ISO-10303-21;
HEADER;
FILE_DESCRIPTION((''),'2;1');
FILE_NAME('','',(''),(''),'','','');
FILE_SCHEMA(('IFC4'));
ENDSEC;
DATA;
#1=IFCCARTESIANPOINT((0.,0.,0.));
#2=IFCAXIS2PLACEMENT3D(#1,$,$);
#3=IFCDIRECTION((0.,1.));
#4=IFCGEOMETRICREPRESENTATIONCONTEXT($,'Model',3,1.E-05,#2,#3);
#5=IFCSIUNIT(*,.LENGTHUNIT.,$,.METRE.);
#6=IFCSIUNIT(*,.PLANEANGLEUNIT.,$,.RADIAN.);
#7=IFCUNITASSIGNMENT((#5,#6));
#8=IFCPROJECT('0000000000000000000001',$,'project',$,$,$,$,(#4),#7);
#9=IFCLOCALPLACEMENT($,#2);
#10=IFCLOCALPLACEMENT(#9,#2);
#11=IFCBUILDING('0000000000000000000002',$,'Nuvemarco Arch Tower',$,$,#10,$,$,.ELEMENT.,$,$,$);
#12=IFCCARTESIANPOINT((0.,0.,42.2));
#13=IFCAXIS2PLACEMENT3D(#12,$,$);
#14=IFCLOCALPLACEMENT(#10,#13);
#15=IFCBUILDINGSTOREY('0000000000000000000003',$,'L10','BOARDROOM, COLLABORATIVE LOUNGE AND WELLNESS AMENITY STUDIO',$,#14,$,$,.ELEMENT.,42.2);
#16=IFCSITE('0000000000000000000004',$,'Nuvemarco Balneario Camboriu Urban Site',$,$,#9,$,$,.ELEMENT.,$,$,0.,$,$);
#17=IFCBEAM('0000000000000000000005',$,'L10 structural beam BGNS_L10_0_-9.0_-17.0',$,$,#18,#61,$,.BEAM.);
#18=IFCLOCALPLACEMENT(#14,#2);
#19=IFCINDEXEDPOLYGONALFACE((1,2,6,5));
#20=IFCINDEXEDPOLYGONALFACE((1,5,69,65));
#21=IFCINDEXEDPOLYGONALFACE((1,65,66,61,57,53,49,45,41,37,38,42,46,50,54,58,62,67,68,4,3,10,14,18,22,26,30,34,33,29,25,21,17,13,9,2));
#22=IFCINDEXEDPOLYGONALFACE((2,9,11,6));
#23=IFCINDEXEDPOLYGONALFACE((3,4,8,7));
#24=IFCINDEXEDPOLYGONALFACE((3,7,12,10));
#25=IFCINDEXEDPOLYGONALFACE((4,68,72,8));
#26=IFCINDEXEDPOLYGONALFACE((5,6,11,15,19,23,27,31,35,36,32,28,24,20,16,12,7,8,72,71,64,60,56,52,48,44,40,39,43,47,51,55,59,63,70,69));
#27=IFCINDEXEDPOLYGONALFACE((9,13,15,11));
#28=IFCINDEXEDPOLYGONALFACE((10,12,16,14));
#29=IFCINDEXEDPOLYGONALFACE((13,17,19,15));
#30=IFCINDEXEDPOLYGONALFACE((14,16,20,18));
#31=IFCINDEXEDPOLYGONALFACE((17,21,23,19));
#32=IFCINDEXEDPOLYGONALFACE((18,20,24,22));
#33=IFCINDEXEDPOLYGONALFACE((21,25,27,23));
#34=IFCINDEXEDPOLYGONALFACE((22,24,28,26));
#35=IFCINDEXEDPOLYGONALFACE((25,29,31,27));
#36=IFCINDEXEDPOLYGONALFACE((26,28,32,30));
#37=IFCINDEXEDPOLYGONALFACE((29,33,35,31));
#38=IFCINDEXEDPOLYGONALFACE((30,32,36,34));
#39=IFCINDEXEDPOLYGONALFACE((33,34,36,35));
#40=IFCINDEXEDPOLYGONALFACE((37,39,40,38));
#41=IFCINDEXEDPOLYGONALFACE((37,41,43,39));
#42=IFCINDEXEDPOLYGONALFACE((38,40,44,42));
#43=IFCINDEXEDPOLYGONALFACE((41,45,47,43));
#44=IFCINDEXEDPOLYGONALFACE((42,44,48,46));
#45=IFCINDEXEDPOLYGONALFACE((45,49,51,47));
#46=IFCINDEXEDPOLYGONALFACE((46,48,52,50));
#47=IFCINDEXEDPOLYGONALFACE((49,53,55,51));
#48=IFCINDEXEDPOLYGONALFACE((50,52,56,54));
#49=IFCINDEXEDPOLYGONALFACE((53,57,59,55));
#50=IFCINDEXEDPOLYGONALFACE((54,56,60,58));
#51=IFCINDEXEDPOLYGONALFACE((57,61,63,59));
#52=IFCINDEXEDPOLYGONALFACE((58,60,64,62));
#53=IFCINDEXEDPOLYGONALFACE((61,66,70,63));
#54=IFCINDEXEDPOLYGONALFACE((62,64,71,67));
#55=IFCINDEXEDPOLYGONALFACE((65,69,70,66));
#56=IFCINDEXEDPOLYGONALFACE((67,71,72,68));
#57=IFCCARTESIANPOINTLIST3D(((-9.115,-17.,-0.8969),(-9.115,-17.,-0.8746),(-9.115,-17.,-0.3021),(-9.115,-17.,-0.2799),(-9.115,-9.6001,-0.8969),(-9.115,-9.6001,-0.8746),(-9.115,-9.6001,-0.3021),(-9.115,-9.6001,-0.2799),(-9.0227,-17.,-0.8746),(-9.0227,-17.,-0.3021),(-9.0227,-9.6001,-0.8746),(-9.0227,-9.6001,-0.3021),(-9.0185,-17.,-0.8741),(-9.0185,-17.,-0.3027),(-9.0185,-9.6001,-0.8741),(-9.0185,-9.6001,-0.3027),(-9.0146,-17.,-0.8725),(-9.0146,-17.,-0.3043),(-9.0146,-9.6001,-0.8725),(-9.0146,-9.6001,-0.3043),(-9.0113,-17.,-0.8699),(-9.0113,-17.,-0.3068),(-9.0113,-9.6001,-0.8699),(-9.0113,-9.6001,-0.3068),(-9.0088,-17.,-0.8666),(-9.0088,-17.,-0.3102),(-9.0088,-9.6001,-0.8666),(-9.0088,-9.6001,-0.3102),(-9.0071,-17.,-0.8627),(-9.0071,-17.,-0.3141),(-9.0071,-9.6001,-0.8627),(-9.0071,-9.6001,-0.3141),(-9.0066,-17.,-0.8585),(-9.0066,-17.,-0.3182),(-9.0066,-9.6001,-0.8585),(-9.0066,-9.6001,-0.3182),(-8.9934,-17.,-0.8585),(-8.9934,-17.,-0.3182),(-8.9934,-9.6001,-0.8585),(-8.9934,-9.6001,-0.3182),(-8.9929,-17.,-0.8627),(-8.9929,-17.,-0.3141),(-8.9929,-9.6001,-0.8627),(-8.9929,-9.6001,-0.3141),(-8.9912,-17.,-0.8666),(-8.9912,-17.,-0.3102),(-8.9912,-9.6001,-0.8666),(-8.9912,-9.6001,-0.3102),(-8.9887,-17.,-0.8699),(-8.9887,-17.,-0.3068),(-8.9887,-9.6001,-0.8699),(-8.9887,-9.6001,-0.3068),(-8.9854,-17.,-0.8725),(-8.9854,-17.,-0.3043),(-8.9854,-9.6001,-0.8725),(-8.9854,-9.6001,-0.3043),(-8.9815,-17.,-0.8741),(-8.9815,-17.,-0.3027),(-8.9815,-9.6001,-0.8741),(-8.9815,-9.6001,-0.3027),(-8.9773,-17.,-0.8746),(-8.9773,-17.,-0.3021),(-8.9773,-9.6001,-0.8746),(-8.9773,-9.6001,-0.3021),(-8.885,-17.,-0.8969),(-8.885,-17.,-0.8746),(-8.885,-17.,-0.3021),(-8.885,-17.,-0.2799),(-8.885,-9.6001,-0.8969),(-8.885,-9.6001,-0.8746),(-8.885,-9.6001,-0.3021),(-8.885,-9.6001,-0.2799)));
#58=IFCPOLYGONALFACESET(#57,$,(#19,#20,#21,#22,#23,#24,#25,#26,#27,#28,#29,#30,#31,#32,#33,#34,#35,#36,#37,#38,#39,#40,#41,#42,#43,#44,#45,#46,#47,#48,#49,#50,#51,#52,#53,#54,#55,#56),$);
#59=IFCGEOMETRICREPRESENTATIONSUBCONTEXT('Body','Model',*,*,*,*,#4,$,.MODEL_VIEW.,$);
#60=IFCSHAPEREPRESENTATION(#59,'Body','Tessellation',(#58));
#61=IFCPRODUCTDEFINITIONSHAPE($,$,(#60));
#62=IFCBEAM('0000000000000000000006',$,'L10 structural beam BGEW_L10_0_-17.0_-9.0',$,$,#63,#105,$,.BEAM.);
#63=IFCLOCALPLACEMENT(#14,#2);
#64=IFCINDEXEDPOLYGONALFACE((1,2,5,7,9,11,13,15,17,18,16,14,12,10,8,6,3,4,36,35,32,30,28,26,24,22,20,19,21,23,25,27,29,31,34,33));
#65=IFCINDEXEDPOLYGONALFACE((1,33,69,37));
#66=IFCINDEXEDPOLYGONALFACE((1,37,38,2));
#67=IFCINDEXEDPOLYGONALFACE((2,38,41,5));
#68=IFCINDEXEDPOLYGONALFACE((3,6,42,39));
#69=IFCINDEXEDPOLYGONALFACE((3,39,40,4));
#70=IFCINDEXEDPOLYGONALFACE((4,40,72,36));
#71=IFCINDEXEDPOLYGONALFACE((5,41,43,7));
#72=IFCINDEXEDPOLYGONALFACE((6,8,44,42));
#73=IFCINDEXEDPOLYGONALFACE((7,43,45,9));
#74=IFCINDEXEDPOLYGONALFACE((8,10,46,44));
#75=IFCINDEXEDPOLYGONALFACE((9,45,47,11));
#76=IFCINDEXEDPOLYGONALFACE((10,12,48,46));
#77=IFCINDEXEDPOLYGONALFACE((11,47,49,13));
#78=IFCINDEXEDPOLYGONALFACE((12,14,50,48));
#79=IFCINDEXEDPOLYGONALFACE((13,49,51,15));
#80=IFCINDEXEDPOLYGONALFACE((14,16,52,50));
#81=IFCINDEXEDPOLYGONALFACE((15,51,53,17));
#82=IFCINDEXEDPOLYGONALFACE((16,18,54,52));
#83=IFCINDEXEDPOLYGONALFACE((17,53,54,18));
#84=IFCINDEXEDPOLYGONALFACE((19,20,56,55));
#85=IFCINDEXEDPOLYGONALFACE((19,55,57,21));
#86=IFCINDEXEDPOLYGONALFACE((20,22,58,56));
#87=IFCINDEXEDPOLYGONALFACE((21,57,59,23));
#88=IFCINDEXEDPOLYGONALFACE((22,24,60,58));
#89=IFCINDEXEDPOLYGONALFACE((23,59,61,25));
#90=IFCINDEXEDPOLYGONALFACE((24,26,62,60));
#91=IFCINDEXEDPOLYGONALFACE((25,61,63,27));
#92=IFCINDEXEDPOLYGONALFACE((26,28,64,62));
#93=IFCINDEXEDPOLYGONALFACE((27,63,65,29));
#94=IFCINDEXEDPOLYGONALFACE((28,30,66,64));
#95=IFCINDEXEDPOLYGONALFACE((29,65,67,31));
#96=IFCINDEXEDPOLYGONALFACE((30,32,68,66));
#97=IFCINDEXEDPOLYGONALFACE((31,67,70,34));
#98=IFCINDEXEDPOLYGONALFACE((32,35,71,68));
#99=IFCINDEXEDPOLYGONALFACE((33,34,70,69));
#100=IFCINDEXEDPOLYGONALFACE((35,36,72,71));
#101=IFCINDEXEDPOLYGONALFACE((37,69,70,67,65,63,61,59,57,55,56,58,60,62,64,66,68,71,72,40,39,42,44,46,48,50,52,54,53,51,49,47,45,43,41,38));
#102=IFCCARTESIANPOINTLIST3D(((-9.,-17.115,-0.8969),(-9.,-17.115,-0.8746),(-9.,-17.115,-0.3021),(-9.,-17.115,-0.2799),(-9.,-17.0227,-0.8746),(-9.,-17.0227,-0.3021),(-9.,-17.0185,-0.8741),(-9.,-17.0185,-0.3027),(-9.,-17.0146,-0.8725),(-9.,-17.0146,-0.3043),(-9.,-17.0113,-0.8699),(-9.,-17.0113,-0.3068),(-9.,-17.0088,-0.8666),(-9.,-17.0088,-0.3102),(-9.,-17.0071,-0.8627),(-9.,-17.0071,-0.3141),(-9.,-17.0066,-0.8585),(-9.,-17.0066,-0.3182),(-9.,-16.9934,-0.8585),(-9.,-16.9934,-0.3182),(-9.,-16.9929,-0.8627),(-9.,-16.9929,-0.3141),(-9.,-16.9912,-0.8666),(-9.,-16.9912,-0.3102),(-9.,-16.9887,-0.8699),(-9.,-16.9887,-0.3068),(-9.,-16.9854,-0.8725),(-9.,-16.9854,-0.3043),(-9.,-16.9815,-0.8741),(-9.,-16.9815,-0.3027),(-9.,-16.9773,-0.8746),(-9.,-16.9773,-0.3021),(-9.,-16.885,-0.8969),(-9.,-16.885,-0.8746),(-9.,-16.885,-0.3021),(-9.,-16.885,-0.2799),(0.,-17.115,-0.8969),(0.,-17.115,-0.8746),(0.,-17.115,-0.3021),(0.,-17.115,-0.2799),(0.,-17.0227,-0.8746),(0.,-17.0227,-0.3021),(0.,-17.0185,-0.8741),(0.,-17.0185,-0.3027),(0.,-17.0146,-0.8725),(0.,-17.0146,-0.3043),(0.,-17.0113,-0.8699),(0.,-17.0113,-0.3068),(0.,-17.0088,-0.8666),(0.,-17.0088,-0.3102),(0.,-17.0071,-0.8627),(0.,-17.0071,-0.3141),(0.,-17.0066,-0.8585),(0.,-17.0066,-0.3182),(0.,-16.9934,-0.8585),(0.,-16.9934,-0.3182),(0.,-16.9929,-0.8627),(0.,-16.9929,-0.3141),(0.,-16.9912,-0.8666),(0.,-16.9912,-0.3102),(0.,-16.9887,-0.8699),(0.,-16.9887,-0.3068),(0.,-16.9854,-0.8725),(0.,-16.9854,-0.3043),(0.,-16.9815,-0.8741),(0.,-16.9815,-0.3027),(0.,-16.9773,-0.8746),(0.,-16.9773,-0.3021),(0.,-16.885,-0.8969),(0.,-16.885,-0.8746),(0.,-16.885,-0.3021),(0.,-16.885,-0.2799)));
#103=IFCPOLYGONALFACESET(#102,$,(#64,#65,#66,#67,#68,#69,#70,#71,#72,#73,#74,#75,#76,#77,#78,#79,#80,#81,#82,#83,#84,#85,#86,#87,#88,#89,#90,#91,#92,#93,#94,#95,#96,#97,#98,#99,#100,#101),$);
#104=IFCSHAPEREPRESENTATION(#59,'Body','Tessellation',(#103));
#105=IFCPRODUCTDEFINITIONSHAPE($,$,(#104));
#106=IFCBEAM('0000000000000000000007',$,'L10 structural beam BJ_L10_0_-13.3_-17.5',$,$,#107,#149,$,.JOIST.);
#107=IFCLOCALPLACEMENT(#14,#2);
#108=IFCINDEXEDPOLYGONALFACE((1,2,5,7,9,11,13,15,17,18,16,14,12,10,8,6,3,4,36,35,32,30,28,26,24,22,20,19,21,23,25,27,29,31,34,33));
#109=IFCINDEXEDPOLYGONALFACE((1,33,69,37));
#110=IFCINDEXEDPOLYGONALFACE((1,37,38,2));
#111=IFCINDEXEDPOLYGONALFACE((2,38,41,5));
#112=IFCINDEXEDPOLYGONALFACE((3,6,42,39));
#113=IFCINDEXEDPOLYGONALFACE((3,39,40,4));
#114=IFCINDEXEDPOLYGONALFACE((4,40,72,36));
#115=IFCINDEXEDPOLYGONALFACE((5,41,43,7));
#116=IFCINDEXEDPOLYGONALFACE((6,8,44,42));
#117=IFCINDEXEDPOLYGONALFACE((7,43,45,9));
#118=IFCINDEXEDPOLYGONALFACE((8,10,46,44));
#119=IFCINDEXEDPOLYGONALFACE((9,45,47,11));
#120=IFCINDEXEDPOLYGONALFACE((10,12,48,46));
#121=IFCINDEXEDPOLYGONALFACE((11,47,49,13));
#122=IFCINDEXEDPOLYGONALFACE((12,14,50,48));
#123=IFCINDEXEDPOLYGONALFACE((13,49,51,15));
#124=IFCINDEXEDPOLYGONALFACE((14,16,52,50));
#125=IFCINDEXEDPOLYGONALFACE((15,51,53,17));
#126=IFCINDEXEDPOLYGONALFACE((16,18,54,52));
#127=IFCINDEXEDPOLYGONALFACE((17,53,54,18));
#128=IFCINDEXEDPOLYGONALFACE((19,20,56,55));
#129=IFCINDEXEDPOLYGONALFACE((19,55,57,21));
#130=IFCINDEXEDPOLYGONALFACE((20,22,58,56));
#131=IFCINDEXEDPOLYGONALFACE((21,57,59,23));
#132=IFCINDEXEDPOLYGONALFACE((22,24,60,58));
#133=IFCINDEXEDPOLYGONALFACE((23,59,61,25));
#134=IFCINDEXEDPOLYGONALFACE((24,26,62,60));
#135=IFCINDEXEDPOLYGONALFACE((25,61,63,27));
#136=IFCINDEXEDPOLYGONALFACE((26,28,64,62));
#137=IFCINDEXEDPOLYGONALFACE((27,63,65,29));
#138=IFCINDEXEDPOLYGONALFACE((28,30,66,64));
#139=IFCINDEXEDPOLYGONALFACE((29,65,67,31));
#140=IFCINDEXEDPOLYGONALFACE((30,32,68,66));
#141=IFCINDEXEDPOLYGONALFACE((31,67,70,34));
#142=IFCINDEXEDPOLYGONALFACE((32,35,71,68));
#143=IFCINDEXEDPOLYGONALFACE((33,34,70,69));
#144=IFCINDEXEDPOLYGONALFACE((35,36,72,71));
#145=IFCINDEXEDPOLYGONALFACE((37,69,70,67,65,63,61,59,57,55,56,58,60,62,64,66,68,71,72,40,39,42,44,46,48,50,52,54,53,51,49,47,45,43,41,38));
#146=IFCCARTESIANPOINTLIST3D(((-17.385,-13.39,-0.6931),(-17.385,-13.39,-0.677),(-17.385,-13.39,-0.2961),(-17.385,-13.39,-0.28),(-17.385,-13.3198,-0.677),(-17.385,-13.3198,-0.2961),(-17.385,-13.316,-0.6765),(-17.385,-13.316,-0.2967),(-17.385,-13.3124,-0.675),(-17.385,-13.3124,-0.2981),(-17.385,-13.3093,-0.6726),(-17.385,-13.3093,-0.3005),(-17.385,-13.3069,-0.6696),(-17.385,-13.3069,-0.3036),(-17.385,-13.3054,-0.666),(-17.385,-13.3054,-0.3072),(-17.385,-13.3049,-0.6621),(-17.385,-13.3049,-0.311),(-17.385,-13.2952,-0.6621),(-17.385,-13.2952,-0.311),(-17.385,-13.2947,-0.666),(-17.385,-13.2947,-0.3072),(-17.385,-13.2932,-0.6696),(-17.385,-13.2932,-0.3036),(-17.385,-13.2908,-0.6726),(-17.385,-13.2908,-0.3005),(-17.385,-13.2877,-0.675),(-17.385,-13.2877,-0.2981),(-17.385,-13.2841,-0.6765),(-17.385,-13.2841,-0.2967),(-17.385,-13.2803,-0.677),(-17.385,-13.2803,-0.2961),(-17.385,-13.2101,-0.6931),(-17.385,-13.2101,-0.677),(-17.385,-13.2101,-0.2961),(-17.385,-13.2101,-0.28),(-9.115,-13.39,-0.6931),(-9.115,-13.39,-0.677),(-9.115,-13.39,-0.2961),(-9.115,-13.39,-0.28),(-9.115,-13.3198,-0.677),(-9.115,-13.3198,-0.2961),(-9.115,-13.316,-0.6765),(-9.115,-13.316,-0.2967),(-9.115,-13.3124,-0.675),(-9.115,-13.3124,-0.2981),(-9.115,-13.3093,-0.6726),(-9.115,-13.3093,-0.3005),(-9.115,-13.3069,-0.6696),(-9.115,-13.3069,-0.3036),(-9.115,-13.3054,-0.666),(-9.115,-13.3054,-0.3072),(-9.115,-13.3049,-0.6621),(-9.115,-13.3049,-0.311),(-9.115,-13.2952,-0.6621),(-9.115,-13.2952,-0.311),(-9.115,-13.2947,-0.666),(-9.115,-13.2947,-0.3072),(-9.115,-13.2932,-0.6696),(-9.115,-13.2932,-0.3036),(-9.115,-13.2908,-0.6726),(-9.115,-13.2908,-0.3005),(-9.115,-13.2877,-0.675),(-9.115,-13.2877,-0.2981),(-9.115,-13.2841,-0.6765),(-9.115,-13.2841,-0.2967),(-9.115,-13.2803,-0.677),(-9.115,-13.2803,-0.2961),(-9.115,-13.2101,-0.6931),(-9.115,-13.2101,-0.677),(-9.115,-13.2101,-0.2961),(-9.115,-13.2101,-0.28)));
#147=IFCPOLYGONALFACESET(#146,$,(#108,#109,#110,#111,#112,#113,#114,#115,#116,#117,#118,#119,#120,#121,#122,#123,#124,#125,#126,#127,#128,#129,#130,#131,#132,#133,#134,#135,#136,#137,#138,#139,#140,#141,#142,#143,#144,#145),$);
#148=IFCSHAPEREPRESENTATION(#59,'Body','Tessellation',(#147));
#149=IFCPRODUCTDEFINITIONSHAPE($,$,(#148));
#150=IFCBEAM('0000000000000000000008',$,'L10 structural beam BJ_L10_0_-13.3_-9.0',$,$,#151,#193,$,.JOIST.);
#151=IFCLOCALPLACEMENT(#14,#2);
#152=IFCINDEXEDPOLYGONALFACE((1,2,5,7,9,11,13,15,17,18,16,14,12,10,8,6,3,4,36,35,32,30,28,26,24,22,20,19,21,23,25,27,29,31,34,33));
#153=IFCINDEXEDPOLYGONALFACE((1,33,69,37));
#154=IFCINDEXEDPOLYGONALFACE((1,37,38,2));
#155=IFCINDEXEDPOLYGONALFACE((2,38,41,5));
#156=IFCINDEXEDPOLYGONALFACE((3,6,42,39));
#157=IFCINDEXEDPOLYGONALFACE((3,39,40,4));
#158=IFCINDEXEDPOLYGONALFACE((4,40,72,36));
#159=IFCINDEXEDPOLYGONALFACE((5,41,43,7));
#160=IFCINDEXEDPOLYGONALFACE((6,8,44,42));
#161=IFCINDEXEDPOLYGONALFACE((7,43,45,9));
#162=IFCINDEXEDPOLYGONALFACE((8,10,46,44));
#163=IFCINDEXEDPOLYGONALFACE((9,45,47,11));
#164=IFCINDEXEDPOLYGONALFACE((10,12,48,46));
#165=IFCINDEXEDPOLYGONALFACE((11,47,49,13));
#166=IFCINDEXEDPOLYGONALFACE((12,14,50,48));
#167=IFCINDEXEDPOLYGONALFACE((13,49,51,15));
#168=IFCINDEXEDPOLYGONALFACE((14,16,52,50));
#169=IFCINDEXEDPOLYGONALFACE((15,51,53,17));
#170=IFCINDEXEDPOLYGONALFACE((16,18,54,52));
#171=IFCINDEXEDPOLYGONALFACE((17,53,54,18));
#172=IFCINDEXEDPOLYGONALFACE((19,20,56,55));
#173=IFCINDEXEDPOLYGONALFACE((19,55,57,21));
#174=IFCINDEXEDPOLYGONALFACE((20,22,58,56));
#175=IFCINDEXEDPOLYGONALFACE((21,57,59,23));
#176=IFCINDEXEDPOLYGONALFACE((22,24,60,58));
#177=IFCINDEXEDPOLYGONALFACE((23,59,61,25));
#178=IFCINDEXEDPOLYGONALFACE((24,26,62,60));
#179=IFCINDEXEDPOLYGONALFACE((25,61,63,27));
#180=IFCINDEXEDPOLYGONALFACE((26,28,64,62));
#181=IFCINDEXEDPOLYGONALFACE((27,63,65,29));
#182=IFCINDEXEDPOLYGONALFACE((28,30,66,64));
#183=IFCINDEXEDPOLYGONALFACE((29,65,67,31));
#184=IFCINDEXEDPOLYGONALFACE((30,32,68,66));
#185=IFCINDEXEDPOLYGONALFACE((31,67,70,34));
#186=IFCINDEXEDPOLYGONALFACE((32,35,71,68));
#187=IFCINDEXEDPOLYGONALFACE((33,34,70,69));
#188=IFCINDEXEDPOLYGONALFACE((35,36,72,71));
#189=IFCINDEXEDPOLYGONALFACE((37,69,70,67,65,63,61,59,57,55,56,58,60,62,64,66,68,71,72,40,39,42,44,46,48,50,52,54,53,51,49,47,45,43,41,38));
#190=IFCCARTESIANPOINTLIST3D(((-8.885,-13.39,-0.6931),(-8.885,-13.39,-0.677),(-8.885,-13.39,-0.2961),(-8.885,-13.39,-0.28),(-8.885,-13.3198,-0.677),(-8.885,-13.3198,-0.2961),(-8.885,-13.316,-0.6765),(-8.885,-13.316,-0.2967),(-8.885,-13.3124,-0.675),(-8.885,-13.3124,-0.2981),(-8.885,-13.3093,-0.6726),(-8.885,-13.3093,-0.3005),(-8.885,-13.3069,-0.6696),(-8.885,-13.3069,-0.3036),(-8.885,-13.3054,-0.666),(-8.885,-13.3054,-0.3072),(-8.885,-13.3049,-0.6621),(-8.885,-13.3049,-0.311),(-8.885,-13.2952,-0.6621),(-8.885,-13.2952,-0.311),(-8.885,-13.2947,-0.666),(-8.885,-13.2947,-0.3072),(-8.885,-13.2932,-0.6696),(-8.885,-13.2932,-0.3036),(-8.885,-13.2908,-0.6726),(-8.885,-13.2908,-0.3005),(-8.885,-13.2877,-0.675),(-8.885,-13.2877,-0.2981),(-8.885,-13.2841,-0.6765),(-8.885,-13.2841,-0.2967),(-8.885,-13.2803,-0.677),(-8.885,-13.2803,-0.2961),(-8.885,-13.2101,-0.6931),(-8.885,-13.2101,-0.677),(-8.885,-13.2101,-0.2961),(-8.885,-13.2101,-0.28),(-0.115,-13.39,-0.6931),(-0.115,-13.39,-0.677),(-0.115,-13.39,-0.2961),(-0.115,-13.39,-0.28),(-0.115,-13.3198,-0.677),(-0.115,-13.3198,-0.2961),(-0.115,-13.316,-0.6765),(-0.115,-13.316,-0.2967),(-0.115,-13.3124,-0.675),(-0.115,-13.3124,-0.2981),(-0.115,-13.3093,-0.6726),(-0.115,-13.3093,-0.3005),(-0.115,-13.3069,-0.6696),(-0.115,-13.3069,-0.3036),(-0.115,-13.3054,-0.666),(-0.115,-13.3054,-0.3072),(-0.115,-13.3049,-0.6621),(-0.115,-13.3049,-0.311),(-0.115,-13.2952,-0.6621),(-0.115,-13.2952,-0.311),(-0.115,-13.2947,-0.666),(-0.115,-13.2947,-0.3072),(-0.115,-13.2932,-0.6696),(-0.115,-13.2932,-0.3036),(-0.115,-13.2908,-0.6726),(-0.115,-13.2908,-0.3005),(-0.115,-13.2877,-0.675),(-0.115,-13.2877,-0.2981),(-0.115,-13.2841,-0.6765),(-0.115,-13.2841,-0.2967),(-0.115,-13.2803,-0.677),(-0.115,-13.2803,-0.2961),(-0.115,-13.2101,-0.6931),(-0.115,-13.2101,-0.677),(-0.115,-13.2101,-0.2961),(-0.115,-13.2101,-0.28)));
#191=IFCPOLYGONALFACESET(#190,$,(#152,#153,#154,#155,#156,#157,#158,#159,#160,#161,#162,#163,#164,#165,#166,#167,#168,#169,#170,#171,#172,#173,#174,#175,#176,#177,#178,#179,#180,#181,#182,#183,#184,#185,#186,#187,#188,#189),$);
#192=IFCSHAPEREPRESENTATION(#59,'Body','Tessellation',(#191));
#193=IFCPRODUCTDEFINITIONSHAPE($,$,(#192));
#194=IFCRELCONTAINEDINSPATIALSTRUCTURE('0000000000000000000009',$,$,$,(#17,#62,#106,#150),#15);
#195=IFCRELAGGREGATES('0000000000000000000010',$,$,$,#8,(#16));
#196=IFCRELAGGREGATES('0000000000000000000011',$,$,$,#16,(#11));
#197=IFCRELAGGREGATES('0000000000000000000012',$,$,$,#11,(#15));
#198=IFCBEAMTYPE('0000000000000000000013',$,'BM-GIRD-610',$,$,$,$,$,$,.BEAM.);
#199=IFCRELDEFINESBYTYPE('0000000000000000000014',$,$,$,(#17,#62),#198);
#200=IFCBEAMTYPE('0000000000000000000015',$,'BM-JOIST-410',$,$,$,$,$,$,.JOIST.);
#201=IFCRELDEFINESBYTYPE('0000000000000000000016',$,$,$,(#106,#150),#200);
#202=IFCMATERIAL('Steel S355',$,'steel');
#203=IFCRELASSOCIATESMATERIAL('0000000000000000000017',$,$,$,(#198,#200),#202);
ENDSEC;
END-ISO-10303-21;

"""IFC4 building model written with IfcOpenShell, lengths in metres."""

from ifc_helpers import new_model, si_unit, direction, frame, origin, origin_2d, place, context, subcontext, project, spatial, i_section, extrude, material, material_profile, profile_set, type_object, element, save


model = new_model("IFC4")

# Units and contexts
model_context = context("Model", 3, precision=1e-05, world=origin(), true_north=direction((0.0, 1.0)))
body_context = subcontext(model_context, "Body", "Model", "MODEL_VIEW")
ifc_project = project(units=[si_unit("LENGTHUNIT", "METRE"), si_unit("PLANEANGLEUNIT", "RADIAN")], contexts=[model_context])

# Site, building, storey
site_placement = place(None, origin())
site = spatial("IfcSite", under=ifc_project, at=site_placement, Name="Nuvemarco Balneario Camboriu Urban Site", CompositionType="ELEMENT", RefElevation=0.0)
building_placement = place(site_placement, origin())
building = spatial("IfcBuilding", under=site, at=building_placement, Name="Nuvemarco Arch Tower", CompositionType="ELEMENT")
storey_placement = place(building_placement, frame((0.0, 0.0, 42.2)))
storey = spatial("IfcBuildingStorey", under=building, at=storey_placement, Name="L10", Description="BOARDROOM, COLLABORATIVE LOUNGE AND WELLNESS AMENITY STUDIO", CompositionType="ELEMENT", Elevation=42.2)

# Shared definitions
ifc_material_1 = material(Name="Steel S355", Category="steel")

# Beams
ifc_material_profile_1 = material_profile(ifc_material_1, i_section(OverallWidth=0.23, OverallDepth=0.6169, WebThickness=0.0132, FlangeThickness=0.0222, FilletRadius=0.0161, at=origin_2d()), Name="W610x140")
ifc_profile_set_1 = profile_set([ifc_material_profile_1], Name="Steel S355")
beam_type_1 = type_object("IfcBeamType", Name="BM-GIRD-610", PredefinedType="BEAM", material=ifc_profile_set_1)
beam_1_placement = place(storey_placement, frame((-9.0, -17.0, -0.5884), z_axis=(0.0, 1.0, 0.0), x_axis=(-1.0, 0.0, 0.0)))
element("IfcBeam", 1, at=beam_1_placement, inside=storey, type_object=beam_type_1, Name="L10 structural beam BGNS_L10_0_-9.0_-17.0", PredefinedType="BEAM", context=body_context, shape_type="SweptSolid", body=[
    extrude(i_section(OverallWidth=0.23, OverallDepth=0.6169, WebThickness=0.0132, FlangeThickness=0.0222, FilletRadius=0.0161, at=origin_2d()), origin(), (0.0, 0.0, 1.0), 7.3999),
])
beam_2_placement = place(storey_placement, frame((-9.0, -17.0, -0.5884), z_axis=(1.0, 0.0, 0.0), x_axis=(0.0, 1.0, 0.0)))
element("IfcBeam", 2, at=beam_2_placement, inside=storey, type_object=beam_type_1, Name="L10 structural beam BGEW_L10_0_-17.0_-9.0", PredefinedType="BEAM", context=body_context, shape_type="SweptSolid", body=[
    extrude(i_section(OverallWidth=0.23, OverallDepth=0.6169, WebThickness=0.0132, FlangeThickness=0.0222, FilletRadius=0.0161, at=origin_2d()), origin(), (0.0, 0.0, 1.0), 9.0),
])
ifc_material_profile_2 = material_profile(ifc_material_1, i_section(OverallWidth=0.1799, OverallDepth=0.4131, WebThickness=0.0098, FlangeThickness=0.0161, FilletRadius=0.0149, at=origin_2d()), Name="W410x75")
ifc_profile_set_2 = profile_set([ifc_material_profile_2], Name="Steel S355")
beam_type_2 = type_object("IfcBeamType", Name="BM-JOIST-410", PredefinedType="JOIST", material=ifc_profile_set_2)
beam_3_placement = place(storey_placement, frame((-17.385, -13.3, -0.4866), z_axis=(1.0, 0.0, 0.0), x_axis=(0.0, 1.0, 0.0)))
element("IfcBeam", 3, at=beam_3_placement, inside=storey, type_object=beam_type_2, Name="L10 structural beam BJ_L10_0_-13.3_-17.5", PredefinedType="JOIST", context=body_context, shape_type="SweptSolid", body=[
    extrude(i_section(OverallWidth=0.1799, OverallDepth=0.4131, WebThickness=0.0098, FlangeThickness=0.0161, FilletRadius=0.0149, at=origin_2d()), origin(), (0.0, 0.0, 1.0), 8.27),
])
beam_4_placement = place(storey_placement, frame((-8.885, -13.3, -0.4866), z_axis=(1.0, 0.0, 0.0), x_axis=(0.0, 1.0, 0.0)))
element("IfcBeam", 4, at=beam_4_placement, inside=storey, type_object=beam_type_2, Name="L10 structural beam BJ_L10_0_-13.3_-9.0", PredefinedType="JOIST", context=body_context, shape_type="SweptSolid", body=[
    extrude(i_section(OverallWidth=0.1799, OverallDepth=0.4131, WebThickness=0.0098, FlangeThickness=0.0161, FilletRadius=0.0149, at=origin_2d()), origin(), (0.0, 0.0, 1.0), 8.77),
])

save(model, "model.ifc")
